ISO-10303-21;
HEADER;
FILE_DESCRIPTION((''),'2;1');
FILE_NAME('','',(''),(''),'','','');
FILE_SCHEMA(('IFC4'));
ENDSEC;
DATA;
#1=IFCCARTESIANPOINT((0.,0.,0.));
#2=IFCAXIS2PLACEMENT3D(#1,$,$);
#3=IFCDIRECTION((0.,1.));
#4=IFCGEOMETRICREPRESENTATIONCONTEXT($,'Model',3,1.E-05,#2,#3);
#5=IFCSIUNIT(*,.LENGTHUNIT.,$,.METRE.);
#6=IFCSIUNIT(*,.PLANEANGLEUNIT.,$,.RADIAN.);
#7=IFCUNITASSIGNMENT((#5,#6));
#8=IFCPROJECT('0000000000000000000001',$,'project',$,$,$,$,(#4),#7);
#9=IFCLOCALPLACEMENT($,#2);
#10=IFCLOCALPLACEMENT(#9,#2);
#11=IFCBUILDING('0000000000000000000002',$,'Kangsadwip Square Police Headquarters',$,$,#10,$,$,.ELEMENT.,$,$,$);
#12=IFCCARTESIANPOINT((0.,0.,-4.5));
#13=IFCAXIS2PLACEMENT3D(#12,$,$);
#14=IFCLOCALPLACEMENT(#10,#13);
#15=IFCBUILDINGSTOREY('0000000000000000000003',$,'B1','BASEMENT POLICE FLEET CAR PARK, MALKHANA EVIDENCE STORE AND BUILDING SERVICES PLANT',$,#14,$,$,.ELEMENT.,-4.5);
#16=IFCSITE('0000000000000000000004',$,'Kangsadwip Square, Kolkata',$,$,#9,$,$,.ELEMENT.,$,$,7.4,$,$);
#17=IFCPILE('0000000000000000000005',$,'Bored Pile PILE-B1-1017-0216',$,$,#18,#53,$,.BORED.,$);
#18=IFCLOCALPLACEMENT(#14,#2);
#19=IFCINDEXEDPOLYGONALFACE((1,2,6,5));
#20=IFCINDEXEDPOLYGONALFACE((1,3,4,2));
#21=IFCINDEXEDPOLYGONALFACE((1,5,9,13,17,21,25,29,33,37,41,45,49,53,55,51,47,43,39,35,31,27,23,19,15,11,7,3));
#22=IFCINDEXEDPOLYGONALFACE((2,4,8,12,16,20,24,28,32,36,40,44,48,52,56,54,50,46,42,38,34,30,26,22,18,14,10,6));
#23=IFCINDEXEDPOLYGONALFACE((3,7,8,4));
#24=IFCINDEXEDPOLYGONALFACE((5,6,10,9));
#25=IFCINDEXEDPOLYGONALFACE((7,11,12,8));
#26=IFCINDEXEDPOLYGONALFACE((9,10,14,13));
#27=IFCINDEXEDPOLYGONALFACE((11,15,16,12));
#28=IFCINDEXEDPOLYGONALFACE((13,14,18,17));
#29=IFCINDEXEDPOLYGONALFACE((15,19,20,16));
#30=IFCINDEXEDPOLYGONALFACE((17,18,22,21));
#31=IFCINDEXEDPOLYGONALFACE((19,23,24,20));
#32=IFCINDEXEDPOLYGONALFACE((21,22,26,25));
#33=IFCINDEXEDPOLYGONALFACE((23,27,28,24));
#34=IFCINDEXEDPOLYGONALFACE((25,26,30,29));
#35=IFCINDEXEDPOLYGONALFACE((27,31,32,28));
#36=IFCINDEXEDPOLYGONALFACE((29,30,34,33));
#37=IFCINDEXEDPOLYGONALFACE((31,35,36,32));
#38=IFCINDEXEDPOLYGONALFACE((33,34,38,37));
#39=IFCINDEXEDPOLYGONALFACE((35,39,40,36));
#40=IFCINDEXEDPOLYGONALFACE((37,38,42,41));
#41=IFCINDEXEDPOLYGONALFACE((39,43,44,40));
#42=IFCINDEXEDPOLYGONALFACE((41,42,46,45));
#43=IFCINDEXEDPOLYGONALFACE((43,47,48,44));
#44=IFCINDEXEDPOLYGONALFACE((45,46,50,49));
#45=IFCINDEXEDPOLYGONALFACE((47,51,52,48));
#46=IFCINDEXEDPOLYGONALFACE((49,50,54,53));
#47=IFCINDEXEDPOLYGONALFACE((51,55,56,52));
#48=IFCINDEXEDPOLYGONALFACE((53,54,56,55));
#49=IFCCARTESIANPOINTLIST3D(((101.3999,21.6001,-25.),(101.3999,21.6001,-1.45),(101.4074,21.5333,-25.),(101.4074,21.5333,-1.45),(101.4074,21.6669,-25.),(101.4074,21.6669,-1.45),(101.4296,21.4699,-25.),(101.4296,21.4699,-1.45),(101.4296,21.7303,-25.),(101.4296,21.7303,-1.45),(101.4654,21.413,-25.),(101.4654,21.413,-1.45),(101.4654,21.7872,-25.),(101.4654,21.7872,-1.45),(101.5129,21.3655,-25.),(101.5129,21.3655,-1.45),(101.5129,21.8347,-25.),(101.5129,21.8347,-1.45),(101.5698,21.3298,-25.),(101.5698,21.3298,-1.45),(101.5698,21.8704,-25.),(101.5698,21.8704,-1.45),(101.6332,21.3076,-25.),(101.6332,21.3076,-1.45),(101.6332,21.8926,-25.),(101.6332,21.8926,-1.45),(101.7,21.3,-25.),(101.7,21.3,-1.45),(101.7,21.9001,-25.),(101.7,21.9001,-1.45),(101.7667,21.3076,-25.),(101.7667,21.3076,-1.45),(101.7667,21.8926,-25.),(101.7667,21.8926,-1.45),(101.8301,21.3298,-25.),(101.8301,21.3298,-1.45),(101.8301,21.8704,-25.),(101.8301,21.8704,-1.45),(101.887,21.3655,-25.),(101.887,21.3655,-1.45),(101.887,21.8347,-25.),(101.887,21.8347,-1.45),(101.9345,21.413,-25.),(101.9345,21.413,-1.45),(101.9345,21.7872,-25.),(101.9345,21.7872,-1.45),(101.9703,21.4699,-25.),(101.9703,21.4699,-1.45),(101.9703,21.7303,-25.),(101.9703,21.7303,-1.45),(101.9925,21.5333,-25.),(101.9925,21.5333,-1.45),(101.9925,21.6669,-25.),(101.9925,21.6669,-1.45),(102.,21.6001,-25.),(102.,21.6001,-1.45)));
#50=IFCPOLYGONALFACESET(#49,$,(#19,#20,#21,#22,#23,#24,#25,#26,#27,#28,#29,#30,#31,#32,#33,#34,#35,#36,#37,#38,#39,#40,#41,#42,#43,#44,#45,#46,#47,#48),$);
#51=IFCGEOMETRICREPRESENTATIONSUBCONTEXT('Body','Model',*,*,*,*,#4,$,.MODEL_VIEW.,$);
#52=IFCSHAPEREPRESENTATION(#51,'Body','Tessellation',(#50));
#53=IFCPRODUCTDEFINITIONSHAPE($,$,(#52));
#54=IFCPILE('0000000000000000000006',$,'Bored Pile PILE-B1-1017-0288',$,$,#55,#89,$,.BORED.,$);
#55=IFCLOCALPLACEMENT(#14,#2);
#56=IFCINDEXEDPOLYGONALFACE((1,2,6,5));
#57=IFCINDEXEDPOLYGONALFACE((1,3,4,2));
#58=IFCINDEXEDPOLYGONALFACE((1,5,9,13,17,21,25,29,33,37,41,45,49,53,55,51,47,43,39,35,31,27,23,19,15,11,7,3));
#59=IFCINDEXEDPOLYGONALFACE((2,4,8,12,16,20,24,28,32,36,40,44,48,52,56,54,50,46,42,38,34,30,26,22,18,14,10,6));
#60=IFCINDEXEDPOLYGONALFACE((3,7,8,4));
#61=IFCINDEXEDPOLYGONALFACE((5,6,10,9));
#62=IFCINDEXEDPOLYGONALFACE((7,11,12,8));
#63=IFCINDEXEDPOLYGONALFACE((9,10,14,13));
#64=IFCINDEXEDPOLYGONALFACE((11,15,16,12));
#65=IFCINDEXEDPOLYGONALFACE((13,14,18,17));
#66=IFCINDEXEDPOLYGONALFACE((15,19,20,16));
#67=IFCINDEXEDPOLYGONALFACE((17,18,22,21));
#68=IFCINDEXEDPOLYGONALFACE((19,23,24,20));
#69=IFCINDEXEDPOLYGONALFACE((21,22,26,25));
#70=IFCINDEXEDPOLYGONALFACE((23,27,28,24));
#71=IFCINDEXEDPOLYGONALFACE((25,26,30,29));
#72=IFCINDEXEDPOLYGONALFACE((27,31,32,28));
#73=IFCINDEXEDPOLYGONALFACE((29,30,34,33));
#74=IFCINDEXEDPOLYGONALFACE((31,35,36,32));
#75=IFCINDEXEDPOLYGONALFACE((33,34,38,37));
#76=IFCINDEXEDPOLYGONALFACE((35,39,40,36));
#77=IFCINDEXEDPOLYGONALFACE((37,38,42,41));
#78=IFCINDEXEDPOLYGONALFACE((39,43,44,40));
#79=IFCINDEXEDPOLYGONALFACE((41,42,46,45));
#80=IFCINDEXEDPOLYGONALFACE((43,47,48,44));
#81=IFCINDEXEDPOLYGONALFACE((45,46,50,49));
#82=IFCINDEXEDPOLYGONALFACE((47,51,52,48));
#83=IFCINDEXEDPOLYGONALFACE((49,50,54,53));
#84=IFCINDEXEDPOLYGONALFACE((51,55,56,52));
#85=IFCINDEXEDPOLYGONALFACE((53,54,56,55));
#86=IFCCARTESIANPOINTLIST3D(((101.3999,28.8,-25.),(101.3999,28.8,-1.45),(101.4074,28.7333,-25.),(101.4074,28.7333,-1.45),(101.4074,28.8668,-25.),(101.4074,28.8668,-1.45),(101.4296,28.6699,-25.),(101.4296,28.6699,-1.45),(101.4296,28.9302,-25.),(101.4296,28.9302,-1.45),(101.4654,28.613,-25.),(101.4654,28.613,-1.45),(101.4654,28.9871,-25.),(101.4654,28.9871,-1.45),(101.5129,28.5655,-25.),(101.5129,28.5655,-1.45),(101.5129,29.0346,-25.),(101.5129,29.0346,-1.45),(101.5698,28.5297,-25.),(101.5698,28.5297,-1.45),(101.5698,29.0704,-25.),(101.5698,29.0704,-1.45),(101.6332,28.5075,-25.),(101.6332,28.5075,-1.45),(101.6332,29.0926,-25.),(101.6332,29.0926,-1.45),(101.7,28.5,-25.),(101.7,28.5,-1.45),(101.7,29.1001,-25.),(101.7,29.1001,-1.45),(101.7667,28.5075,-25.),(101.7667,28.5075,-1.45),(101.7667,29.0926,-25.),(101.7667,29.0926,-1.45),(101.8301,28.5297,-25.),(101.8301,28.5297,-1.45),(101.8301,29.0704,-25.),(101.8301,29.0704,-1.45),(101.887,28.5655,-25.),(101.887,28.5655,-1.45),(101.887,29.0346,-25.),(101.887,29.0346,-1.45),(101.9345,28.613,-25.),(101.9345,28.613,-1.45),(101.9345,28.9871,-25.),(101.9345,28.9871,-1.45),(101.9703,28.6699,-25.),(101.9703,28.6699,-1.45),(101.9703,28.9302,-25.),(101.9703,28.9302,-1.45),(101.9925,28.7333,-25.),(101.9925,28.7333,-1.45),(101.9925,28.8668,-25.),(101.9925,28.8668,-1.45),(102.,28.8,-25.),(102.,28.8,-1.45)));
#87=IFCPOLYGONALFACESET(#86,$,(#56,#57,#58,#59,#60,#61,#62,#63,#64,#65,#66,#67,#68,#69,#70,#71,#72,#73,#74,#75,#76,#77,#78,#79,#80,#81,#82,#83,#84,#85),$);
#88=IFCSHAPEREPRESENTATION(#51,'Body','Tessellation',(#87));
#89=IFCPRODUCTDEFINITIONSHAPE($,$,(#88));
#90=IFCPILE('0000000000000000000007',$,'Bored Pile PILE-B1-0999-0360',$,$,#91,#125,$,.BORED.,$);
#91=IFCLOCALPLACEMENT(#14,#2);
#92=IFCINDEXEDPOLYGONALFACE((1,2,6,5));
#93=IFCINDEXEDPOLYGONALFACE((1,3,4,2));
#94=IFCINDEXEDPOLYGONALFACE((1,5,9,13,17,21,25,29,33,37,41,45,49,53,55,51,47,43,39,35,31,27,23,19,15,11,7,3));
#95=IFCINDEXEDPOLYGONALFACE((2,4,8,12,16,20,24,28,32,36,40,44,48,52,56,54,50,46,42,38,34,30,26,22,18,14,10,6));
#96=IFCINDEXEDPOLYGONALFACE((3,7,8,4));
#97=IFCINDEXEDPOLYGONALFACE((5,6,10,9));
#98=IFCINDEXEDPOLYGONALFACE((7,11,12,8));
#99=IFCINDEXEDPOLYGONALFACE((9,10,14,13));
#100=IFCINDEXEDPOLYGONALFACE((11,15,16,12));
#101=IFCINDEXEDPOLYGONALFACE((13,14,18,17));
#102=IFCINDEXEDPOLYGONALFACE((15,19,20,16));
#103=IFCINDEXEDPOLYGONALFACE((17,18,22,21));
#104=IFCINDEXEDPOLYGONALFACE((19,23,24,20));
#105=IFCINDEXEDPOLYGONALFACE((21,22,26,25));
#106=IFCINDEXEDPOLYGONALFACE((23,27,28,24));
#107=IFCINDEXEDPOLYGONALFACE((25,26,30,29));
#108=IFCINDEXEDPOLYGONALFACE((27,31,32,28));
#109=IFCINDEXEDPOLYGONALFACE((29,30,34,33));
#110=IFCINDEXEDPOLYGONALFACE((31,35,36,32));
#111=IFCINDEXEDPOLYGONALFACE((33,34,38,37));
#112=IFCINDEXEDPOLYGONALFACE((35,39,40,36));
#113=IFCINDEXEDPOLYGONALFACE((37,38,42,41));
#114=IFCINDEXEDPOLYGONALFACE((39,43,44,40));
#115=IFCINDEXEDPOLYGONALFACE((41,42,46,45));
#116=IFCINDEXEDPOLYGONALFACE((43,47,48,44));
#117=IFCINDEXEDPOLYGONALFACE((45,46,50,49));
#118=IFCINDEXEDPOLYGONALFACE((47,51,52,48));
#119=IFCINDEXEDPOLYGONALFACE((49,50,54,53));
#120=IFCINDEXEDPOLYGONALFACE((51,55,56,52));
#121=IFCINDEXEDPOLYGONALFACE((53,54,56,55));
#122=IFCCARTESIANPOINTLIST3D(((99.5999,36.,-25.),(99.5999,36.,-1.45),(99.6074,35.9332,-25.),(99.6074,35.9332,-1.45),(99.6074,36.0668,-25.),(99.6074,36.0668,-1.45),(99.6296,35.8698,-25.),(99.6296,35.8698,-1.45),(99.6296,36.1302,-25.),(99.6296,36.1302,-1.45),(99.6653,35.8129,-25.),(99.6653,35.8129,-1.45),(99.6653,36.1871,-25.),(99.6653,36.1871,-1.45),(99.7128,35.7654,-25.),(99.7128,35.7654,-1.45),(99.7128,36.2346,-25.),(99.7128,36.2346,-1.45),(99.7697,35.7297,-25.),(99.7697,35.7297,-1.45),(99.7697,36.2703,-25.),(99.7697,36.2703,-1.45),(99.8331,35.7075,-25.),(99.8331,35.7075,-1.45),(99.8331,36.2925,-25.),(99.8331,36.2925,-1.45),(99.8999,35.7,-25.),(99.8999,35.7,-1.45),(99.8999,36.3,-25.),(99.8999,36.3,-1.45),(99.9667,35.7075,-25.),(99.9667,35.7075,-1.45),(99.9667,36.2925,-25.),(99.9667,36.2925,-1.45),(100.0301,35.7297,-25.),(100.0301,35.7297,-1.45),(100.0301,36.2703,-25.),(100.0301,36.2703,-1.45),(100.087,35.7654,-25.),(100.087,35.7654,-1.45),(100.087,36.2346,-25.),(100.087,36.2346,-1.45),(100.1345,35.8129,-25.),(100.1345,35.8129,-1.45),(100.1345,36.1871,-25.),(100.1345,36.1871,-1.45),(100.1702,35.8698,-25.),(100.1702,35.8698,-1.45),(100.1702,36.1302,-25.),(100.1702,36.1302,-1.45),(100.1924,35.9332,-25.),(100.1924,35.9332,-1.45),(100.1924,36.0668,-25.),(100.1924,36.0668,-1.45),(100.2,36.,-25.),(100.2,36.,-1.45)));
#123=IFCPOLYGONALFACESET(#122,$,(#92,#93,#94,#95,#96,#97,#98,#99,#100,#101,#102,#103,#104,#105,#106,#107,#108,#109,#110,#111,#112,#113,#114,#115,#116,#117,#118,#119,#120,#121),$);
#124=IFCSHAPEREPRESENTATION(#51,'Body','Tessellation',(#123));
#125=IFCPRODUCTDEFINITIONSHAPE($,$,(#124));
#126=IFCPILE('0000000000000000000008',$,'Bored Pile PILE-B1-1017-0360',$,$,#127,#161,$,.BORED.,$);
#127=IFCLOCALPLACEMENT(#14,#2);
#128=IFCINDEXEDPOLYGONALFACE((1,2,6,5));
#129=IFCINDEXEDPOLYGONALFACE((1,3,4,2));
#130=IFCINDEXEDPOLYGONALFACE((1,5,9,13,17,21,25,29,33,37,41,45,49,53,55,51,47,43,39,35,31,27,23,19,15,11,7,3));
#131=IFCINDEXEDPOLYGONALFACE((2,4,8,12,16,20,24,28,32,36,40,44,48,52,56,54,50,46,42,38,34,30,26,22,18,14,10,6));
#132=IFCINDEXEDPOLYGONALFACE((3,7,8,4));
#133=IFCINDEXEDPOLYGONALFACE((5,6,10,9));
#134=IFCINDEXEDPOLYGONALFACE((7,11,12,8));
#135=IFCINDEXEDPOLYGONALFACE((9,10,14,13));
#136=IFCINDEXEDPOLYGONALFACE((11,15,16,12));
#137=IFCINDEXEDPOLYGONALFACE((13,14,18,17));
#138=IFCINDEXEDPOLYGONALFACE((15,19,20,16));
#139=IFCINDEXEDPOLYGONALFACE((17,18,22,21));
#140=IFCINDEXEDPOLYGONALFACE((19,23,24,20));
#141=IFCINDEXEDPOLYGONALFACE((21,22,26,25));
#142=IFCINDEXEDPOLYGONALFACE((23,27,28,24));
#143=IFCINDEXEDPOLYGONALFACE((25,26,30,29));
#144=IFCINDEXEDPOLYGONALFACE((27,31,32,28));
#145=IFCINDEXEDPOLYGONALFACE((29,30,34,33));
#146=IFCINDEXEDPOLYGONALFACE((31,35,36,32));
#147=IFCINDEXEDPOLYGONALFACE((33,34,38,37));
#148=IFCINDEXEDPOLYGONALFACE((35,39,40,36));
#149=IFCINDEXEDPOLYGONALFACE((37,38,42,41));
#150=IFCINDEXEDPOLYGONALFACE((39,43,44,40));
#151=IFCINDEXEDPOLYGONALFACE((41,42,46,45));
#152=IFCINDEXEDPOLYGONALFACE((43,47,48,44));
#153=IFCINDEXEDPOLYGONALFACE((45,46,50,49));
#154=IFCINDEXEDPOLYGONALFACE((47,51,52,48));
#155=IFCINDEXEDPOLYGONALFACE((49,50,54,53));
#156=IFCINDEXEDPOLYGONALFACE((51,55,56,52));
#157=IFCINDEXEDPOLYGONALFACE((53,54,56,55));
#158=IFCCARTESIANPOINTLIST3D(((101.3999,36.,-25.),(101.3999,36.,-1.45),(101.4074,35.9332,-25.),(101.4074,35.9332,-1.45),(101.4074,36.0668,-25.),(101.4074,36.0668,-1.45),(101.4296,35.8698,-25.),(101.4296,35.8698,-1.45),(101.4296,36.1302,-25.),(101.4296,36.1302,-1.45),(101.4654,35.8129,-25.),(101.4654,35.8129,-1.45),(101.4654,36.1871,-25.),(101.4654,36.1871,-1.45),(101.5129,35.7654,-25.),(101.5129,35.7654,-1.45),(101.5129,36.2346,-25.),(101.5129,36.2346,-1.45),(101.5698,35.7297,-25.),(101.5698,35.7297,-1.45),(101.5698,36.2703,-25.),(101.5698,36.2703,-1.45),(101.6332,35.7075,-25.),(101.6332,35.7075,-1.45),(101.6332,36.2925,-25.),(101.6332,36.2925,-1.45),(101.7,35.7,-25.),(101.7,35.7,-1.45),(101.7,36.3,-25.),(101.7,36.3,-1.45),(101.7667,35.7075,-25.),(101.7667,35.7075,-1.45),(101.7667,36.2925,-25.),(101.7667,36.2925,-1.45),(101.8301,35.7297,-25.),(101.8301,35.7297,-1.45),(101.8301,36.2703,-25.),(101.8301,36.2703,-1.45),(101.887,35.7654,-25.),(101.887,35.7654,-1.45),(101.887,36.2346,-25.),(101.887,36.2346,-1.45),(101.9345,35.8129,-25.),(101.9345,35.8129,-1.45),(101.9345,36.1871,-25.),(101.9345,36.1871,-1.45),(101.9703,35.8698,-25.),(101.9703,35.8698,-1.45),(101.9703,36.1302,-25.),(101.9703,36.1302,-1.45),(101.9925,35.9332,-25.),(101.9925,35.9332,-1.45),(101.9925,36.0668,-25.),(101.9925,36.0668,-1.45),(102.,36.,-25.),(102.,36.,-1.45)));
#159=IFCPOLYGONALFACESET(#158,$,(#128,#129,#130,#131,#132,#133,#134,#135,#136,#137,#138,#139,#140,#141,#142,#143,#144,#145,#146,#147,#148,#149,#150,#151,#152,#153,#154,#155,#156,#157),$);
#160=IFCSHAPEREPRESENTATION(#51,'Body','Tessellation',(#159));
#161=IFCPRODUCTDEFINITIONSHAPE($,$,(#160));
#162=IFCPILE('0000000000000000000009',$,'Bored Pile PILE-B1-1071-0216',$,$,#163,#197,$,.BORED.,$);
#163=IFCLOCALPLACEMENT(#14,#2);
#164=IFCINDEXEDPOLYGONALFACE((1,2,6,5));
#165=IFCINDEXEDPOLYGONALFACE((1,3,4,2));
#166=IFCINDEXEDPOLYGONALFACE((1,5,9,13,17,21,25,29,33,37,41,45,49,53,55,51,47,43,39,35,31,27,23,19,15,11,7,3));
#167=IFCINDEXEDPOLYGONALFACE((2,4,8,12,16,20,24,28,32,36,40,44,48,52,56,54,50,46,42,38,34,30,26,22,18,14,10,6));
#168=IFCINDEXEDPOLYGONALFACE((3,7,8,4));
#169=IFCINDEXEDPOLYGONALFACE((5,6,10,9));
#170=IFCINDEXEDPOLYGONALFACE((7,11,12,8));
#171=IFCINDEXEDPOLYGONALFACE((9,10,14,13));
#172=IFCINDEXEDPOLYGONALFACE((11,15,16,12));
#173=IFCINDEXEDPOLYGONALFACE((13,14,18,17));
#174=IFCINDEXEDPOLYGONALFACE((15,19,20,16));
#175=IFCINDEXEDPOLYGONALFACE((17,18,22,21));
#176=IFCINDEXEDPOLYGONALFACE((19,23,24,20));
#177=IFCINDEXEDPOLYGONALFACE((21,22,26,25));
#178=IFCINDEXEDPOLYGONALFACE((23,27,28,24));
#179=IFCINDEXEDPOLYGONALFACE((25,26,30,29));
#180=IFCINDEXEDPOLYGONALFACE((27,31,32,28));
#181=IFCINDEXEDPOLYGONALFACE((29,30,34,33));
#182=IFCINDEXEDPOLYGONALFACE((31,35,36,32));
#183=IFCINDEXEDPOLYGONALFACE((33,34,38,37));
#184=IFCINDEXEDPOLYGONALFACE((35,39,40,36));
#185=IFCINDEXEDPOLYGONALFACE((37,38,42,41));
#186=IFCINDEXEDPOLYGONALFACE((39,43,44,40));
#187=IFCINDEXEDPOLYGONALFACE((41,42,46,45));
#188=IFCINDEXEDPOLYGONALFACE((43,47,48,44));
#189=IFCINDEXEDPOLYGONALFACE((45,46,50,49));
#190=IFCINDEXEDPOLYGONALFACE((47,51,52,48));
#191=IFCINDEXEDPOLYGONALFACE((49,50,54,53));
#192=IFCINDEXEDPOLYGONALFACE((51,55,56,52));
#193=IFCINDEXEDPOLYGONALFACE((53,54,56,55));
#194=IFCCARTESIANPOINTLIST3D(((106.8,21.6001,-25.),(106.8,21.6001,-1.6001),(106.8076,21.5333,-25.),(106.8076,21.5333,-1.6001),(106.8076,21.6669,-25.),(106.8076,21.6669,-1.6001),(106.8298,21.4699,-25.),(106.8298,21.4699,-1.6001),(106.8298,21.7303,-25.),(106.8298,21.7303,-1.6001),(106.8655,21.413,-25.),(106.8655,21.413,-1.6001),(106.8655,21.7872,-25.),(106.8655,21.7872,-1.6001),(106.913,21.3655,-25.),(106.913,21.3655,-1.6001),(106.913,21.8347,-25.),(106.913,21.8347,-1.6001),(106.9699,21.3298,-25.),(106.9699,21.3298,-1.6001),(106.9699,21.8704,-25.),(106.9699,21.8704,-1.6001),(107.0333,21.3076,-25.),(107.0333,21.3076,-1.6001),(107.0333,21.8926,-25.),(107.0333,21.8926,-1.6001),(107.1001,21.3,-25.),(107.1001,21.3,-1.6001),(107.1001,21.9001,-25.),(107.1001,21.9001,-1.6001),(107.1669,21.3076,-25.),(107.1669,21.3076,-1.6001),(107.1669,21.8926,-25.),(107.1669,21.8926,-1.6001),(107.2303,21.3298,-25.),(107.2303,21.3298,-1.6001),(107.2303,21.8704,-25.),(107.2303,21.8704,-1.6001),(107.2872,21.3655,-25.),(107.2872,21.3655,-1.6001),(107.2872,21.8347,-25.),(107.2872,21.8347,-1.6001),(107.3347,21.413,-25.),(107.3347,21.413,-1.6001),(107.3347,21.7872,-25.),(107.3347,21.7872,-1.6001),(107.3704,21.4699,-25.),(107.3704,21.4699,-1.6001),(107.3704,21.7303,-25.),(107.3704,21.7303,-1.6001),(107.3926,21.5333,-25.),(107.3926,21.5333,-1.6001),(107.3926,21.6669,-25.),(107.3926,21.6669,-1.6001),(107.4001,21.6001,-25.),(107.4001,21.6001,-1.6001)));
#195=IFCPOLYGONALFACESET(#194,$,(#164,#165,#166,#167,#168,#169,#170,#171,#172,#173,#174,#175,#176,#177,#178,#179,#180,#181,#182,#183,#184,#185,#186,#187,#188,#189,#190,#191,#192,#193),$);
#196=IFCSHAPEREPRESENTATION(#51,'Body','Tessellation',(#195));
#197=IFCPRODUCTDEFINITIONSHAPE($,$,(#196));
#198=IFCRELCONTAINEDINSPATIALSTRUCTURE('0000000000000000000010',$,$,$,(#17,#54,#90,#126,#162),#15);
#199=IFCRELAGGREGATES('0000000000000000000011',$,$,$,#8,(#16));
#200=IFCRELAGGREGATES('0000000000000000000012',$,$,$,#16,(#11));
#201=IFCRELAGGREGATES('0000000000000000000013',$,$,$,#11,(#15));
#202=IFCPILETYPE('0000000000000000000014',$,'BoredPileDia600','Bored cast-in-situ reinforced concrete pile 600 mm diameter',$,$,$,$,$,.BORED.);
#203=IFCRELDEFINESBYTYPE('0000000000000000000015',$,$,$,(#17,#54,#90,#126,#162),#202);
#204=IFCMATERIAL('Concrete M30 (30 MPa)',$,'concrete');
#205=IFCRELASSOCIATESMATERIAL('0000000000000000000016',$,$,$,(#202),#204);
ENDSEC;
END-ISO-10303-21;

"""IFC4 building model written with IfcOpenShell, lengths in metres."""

from ifc_helpers import new_model, si_unit, direction, frame, origin, origin_2d, place, context, subcontext, project, spatial, circle, extrude, material, material_profile, profile_set, type_object, element, save


model = new_model("IFC4")

# Units and contexts
model_context = context("Model", 3, precision=1e-05, world=origin(), true_north=direction((0.0, 1.0)))
body_context = subcontext(model_context, "Body", "Model", "MODEL_VIEW")
ifc_project = project(units=[si_unit("LENGTHUNIT", "METRE"), si_unit("PLANEANGLEUNIT", "RADIAN")], contexts=[model_context])

# Site, building, storey
site_placement = place(None, origin())
site = spatial("IfcSite", under=ifc_project, at=site_placement, Name="Kangsadwip Square, Kolkata", CompositionType="ELEMENT", RefElevation=7.4)
building_placement = place(site_placement, origin())
building = spatial("IfcBuilding", under=site, at=building_placement, Name="Kangsadwip Square Police Headquarters", CompositionType="ELEMENT")
storey_placement = place(building_placement, frame((0.0, 0.0, -4.5)))
storey = spatial("IfcBuildingStorey", under=building, at=storey_placement, Name="B1", Description="BASEMENT POLICE FLEET CAR PARK, MALKHANA EVIDENCE STORE AND BUILDING SERVICES PLANT", CompositionType="ELEMENT", Elevation=-4.5)

# Piles
ifc_material_1 = material(Name="Concrete M30 (30 MPa)", Category="concrete")
ifc_material_profile_1 = material_profile(ifc_material_1, circle(Radius=0.3, at=origin_2d()), Name="PILE DIA 600")
ifc_profile_set_1 = profile_set([ifc_material_profile_1], Name="Concrete M30 (30 MPa)")
pile_type = type_object("IfcPileType", Name="BoredPileDia600", Description="Bored cast-in-situ reinforced concrete pile 600 mm diameter", PredefinedType="BORED", material=ifc_profile_set_1)
for number, where, z_axis, x_axis, name in (
    (1, (101.7, 21.6001, -1.45), (0.0, 0.0, -1.0), (1.0, 0.0, 0.0), "Bored Pile PILE-B1-1017-0216"),
    (2, (101.7, 28.8, -1.45), (0.0, 0.0, -1.0), (1.0, 0.0, 0.0), "Bored Pile PILE-B1-1017-0288"),
    (3, (99.8999, 36.0, -1.45), (0.0, 0.0, -1.0), (1.0, 0.0, 0.0), "Bored Pile PILE-B1-0999-0360"),
    (4, (101.7, 36.0, -1.45), (0.0, 0.0, -1.0), (1.0, 0.0, 0.0), "Bored Pile PILE-B1-1017-0360"),
):
    element("IfcPile", number, at=place(storey_placement, frame(where, z_axis=z_axis, x_axis=x_axis)), inside=storey, type_object=pile_type, Name=name, PredefinedType="BORED", context=body_context, shape_type="SweptSolid", body=[
        extrude(circle(Radius=0.3, at=origin_2d()), origin(), (0.0, 0.0, 1.0), 23.55),
    ])
for number, where, z_axis, x_axis, name in (
    (5, (107.1001, 21.6001, -1.6001), (0.0, 0.0, -1.0), (1.0, 0.0, 0.0), "Bored Pile PILE-B1-1071-0216"),
):
    element("IfcPile", number, at=place(storey_placement, frame(where, z_axis=z_axis, x_axis=x_axis)), inside=storey, type_object=pile_type, Name=name, PredefinedType="BORED", context=body_context, shape_type="SweptSolid", body=[
        extrude(circle(Radius=0.3, at=origin_2d()), origin(), (0.0, 0.0, 1.0), 23.3999),
    ])

save(model, "model.ifc")
